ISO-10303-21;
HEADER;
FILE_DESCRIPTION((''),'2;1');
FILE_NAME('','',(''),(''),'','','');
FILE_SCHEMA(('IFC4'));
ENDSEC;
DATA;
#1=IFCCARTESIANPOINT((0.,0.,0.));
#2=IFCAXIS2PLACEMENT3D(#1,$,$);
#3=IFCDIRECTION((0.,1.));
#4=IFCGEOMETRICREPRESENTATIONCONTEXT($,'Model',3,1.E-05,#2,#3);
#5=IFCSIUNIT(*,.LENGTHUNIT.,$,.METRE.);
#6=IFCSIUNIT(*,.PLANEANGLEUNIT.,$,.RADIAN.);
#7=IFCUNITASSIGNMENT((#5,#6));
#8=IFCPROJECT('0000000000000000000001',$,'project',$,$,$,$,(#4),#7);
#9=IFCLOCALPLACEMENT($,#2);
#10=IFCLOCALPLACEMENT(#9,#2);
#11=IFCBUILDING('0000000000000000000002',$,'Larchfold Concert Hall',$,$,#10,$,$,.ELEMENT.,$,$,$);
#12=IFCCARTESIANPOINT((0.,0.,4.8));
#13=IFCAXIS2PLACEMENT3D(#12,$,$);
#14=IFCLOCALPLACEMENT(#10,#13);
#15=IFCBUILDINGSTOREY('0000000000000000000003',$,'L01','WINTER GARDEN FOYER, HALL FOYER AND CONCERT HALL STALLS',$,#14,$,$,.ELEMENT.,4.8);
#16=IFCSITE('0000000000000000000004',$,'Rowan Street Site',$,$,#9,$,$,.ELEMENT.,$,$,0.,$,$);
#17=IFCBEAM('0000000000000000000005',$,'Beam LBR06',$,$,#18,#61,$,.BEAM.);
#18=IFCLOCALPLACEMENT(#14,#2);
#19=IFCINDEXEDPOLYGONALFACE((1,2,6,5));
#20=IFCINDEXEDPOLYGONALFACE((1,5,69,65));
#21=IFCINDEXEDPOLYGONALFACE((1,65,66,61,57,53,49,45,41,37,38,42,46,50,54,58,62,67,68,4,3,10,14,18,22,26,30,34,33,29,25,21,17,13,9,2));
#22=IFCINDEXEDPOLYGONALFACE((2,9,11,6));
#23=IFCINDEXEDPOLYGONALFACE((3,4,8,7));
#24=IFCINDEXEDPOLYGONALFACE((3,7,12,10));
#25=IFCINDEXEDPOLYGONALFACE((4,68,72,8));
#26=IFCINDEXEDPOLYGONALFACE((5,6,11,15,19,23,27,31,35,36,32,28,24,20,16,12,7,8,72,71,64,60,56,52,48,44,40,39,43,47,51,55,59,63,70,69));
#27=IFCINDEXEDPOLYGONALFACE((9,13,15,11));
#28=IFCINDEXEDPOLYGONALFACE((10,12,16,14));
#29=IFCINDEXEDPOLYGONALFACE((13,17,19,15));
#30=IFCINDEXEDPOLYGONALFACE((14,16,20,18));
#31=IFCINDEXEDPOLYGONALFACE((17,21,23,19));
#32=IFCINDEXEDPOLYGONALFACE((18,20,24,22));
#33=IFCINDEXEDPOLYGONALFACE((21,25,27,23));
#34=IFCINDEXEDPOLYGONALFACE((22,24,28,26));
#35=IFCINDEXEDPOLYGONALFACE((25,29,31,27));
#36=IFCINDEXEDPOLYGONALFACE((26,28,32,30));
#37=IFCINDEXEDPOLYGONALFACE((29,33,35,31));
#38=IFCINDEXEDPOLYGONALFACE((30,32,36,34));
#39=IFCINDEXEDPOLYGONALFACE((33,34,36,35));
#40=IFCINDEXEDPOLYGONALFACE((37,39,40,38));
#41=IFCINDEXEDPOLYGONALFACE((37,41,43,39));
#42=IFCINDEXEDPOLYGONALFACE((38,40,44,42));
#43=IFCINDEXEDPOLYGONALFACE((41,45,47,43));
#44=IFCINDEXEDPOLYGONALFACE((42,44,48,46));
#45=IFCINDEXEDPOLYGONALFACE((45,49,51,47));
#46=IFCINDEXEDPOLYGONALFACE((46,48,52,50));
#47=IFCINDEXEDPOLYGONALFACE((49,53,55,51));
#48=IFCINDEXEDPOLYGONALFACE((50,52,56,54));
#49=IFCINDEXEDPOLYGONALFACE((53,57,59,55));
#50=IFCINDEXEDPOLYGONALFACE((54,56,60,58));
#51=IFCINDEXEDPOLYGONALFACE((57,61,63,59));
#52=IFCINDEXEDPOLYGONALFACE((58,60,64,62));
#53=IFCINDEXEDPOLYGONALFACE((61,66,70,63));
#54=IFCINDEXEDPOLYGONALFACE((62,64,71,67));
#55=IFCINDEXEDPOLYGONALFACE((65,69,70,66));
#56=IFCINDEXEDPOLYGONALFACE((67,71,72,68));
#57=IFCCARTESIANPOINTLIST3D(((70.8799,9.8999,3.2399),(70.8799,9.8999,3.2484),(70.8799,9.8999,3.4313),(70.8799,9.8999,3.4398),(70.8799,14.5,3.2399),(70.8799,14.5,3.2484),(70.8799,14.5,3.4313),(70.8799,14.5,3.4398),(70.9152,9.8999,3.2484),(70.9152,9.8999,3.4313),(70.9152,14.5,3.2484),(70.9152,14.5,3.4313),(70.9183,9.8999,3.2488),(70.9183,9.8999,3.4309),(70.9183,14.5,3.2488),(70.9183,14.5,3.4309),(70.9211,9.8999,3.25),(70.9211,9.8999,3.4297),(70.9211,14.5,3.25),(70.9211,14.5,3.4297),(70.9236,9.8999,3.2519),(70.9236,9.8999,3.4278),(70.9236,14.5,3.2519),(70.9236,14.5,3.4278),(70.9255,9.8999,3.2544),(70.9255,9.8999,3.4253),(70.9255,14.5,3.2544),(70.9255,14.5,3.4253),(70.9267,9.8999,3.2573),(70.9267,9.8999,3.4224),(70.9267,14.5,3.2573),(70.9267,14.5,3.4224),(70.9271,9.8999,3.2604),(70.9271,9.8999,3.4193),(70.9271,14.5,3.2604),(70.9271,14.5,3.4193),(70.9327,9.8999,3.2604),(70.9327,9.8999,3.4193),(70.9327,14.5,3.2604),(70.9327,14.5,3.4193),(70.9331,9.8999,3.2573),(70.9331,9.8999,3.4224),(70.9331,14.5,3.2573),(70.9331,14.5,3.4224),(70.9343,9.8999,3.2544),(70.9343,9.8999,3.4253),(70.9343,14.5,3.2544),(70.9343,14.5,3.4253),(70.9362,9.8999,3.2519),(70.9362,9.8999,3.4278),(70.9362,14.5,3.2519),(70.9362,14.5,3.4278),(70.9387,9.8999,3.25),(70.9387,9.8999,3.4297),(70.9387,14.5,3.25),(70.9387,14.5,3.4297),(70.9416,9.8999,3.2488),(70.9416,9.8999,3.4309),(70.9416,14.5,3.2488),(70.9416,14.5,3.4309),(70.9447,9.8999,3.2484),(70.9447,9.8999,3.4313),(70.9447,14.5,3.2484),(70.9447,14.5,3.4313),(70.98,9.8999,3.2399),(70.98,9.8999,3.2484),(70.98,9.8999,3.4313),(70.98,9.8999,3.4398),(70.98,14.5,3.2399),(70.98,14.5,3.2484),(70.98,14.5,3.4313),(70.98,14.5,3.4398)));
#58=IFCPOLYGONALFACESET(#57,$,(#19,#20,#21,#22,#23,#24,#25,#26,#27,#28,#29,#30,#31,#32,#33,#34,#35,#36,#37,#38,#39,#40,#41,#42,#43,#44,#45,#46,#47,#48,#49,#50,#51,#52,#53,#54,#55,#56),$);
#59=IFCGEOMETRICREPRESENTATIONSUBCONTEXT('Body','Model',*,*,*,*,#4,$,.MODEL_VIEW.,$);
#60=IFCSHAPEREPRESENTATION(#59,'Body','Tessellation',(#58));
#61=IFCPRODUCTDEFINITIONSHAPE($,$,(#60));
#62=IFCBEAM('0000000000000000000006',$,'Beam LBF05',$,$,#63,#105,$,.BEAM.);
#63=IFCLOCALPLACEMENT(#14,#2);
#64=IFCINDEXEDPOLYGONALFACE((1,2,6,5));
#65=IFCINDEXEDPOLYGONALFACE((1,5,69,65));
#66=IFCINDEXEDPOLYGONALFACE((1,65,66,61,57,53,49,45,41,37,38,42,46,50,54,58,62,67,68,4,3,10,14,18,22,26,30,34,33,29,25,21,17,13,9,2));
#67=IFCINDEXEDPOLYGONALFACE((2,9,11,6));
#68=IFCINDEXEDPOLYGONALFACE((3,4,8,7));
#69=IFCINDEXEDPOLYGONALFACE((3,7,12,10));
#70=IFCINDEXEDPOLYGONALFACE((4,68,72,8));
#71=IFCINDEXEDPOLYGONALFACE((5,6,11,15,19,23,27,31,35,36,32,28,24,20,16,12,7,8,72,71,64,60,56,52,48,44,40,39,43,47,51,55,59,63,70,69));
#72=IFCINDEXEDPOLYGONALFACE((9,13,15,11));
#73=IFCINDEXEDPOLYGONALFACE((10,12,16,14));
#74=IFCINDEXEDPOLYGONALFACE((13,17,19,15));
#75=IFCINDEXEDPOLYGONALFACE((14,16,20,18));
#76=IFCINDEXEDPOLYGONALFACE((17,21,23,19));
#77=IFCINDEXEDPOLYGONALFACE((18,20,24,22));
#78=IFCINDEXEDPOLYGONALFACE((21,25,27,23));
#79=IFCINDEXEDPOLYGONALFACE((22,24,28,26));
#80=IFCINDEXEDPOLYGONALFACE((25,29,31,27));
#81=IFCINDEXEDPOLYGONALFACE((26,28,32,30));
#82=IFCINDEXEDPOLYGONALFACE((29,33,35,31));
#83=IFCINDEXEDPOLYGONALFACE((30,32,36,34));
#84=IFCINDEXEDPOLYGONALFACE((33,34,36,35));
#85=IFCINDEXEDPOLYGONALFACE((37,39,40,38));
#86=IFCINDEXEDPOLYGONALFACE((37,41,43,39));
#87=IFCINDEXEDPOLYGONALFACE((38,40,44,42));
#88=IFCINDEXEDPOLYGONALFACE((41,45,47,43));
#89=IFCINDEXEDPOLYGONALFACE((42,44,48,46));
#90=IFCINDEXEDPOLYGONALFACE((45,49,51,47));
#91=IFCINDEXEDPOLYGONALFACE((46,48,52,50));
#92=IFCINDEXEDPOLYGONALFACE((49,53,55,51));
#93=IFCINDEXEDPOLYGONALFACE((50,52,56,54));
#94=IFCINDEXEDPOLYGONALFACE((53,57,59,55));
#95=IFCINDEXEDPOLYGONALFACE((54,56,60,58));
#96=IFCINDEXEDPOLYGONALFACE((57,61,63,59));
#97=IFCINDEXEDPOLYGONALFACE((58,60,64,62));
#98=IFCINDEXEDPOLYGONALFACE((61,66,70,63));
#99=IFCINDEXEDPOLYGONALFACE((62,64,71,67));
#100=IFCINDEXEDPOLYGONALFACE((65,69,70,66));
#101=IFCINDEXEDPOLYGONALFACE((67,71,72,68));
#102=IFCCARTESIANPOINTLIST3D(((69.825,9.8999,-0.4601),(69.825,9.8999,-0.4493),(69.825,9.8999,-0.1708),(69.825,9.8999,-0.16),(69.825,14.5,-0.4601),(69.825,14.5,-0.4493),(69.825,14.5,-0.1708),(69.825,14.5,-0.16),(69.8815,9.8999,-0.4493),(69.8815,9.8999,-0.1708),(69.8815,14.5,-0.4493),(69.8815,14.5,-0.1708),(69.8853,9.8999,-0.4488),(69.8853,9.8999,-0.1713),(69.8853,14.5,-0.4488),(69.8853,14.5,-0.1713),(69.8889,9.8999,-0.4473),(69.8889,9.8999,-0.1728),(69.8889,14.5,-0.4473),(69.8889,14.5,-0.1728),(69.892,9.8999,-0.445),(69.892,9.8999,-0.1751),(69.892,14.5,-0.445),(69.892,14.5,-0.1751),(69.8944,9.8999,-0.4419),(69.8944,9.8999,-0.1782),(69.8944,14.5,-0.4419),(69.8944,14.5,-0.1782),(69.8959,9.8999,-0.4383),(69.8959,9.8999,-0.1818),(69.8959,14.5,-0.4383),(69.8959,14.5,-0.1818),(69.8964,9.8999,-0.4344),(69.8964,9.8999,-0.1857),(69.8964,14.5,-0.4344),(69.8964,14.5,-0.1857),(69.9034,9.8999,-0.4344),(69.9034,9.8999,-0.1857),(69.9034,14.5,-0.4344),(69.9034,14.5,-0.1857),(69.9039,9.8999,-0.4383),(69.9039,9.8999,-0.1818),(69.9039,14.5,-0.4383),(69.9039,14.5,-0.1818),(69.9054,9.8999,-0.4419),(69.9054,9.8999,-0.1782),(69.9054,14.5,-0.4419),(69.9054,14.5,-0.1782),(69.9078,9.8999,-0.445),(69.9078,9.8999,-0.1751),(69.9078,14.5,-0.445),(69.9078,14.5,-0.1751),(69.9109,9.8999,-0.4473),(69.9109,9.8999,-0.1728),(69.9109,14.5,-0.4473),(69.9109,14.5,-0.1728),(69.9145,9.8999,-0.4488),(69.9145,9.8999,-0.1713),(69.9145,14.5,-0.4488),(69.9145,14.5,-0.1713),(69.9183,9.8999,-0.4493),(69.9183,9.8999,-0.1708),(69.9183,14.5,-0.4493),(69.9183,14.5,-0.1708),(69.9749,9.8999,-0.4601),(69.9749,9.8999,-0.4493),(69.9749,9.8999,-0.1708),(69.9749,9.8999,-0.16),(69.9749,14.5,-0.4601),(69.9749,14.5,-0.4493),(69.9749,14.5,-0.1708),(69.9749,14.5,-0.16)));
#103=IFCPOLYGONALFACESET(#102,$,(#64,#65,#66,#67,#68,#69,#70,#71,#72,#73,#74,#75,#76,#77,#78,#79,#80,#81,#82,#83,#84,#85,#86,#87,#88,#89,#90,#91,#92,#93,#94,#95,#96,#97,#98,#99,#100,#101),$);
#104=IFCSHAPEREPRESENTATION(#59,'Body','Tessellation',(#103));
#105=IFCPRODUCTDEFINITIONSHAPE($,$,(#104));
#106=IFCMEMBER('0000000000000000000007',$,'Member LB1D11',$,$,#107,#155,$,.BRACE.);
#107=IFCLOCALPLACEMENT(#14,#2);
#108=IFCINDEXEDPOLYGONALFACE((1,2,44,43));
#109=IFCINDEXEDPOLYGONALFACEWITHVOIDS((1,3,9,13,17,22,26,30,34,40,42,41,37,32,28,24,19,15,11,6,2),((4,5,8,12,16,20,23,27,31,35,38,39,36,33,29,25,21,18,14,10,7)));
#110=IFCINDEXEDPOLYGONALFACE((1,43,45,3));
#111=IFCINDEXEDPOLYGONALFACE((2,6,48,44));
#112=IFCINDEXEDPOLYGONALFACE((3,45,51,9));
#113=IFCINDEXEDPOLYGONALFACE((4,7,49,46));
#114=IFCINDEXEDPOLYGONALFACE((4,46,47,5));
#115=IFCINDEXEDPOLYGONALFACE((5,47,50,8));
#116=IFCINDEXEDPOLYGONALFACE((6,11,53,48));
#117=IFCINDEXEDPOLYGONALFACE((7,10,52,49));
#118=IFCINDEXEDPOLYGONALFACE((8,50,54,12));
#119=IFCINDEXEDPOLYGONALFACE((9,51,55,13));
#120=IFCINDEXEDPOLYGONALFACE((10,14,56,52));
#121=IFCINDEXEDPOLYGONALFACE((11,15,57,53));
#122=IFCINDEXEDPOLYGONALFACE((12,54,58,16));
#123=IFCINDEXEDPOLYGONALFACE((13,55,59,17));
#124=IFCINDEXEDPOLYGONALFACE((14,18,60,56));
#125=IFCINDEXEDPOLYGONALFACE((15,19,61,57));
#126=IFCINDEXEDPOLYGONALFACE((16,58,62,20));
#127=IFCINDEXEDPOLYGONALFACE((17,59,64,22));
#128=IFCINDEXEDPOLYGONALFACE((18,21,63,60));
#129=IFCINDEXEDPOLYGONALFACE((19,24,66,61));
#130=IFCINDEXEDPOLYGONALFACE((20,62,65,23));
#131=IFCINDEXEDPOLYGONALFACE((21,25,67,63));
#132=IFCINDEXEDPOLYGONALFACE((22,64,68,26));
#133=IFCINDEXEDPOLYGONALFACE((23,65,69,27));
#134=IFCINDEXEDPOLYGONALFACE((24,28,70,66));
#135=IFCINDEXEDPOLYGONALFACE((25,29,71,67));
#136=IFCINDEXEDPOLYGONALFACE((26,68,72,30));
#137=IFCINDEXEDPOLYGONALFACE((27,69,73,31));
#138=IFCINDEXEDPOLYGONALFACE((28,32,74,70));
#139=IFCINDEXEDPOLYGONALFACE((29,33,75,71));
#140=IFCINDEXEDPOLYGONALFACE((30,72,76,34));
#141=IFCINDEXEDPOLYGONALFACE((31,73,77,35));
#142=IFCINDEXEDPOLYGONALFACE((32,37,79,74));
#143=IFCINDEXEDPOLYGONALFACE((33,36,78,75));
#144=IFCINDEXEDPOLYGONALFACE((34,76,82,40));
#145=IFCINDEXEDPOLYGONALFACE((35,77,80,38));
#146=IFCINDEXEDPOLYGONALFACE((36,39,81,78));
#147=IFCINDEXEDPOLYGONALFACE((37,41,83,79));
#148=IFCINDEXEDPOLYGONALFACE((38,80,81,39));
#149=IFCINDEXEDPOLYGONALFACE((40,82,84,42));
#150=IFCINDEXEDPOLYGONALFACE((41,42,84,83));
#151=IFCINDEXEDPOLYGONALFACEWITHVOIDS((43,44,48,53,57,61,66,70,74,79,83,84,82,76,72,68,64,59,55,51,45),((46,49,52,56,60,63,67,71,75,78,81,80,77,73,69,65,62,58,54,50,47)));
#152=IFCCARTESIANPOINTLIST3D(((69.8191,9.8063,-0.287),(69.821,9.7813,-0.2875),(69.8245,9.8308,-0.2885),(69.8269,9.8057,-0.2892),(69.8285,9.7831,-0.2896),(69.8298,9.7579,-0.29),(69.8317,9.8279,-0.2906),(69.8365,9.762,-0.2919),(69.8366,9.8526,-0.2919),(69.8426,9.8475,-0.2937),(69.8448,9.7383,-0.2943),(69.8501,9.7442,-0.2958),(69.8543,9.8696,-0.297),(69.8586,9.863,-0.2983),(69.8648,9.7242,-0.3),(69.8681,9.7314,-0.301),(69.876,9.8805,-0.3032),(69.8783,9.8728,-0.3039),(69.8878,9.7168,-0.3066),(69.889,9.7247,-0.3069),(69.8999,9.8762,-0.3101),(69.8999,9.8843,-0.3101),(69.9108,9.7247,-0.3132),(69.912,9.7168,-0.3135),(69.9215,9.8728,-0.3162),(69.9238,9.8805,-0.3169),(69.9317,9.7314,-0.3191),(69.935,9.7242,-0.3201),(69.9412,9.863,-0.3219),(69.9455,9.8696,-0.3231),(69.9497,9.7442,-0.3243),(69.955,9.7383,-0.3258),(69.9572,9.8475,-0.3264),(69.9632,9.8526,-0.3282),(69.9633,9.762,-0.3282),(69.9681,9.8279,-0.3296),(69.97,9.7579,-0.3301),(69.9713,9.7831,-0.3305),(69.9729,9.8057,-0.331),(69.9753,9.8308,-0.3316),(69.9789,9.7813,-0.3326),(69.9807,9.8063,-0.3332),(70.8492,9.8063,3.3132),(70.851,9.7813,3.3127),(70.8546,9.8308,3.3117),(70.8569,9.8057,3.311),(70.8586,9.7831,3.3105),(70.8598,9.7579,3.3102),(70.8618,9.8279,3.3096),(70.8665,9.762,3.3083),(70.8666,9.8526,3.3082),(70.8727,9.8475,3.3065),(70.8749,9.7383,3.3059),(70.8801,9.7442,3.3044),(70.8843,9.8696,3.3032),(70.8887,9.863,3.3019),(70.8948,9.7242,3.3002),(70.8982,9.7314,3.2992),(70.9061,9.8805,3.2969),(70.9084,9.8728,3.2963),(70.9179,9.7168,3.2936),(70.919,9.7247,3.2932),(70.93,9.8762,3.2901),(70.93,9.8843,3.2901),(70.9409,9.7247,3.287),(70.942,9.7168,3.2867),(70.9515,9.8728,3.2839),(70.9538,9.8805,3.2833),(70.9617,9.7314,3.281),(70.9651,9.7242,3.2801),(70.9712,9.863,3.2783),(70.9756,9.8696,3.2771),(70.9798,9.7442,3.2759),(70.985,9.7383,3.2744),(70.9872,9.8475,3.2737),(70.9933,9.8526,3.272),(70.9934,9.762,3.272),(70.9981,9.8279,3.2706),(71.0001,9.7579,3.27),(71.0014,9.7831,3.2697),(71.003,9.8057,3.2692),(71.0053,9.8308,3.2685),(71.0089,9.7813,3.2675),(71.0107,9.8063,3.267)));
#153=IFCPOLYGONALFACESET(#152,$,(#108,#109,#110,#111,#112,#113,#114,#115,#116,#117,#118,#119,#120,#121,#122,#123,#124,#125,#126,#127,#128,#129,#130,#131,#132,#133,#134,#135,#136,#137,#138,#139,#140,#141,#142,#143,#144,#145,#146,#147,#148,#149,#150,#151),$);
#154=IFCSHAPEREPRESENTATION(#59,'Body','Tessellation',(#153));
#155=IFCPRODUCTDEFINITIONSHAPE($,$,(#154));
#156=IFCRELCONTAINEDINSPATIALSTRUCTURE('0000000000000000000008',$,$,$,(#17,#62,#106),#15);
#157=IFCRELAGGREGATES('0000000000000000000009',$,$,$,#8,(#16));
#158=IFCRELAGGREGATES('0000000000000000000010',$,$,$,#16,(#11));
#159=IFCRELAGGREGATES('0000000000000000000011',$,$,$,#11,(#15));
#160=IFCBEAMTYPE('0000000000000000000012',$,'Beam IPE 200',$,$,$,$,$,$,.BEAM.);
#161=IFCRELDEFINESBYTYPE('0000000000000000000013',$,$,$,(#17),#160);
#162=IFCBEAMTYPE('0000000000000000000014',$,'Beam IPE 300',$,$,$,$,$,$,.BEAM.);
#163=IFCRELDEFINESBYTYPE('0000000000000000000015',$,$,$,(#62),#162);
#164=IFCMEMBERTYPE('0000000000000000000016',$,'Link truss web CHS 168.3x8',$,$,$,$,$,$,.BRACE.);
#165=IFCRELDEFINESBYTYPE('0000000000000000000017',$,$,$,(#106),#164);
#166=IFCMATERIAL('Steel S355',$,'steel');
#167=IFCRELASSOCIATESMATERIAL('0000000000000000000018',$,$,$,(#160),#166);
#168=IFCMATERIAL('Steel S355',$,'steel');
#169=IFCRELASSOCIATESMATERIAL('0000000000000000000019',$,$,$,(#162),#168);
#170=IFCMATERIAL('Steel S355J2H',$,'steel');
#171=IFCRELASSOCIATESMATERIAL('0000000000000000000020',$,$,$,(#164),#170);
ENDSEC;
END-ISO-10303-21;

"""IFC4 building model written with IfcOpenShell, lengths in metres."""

from ifc_helpers import new_model, si_unit, direction, frame, origin, origin_2d, place, context, subcontext, project, spatial, hollow_circle, i_section, extrude, material, material_profile, profile_set, type_object, element, save


model = new_model("IFC4")

# Units and contexts
model_context = context("Model", 3, precision=1e-05, world=origin(), true_north=direction((0.0, 1.0)))
body_context = subcontext(model_context, "Body", "Model", "MODEL_VIEW")
ifc_project = project(units=[si_unit("LENGTHUNIT", "METRE"), si_unit("PLANEANGLEUNIT", "RADIAN")], contexts=[model_context])

# Site, building, storey
site_placement = place(None, origin())
site = spatial("IfcSite", under=ifc_project, at=site_placement, Name="Rowan Street Site", CompositionType="ELEMENT", RefElevation=0.0)
building_placement = place(site_placement, origin())
building = spatial("IfcBuilding", under=site, at=building_placement, Name="Larchfold Concert Hall", CompositionType="ELEMENT")
storey_placement = place(building_placement, frame((0.0, 0.0, 4.8)))
storey = spatial("IfcBuildingStorey", under=building, at=storey_placement, Name="L01", Description="WINTER GARDEN FOYER, HALL FOYER AND CONCERT HALL STALLS", CompositionType="ELEMENT", Elevation=4.8)

# Beams
ifc_material_1 = material(Name="Steel S355", Category="steel")
ifc_material_profile_1 = material_profile(ifc_material_1, i_section(OverallWidth=0.1001, OverallDepth=0.2, WebThickness=0.0056, FlangeThickness=0.0085, FilletRadius=0.012, at=origin_2d()))
ifc_profile_set_1 = profile_set([ifc_material_profile_1], Name="Steel S355")
beam_type_1 = type_object("IfcBeamType", Name="Beam IPE 200", PredefinedType="BEAM", material=ifc_profile_set_1)
for number, where, z_axis, x_axis, name in (
    (1, (70.9299, 9.8999, 3.3398), (0.0, 1.0, 0.0), (-1.0, 0.0, 0.0), "Beam LBR06"),
):
    element("IfcBeam", number, at=place(storey_placement, frame(where, z_axis=z_axis, x_axis=x_axis)), inside=storey, type_object=beam_type_1, Name=name, PredefinedType="BEAM", context=body_context, shape_type="SweptSolid", body=[
        extrude(i_section(OverallWidth=0.1001, OverallDepth=0.2, WebThickness=0.0056, FlangeThickness=0.0085, FilletRadius=0.012, at=origin_2d()), origin(), (0.0, 0.0, 1.0), 4.6001),
    ])
ifc_material_2 = material(Name="Steel S355", Category="steel")
ifc_material_profile_2 = material_profile(ifc_material_2, i_section(OverallWidth=0.1499, OverallDepth=0.3, WebThickness=0.0071, FlangeThickness=0.0107, FilletRadius=0.0149, at=origin_2d()))
ifc_profile_set_2 = profile_set([ifc_material_profile_2], Name="Steel S355")
beam_type_2 = type_object("IfcBeamType", Name="Beam IPE 300", PredefinedType="BEAM", material=ifc_profile_set_2)
beam_placement = place(storey_placement, frame((69.8999, 9.8999, -0.3101), z_axis=(0.0, 1.0, 0.0), x_axis=(-1.0, 0.0, 0.0)))
element("IfcBeam", 2, at=beam_placement, inside=storey, type_object=beam_type_2, Name="Beam LBF05", PredefinedType="BEAM", context=body_context, shape_type="SweptSolid", body=[
    extrude(i_section(OverallWidth=0.1499, OverallDepth=0.3, WebThickness=0.0071, FlangeThickness=0.0107, FilletRadius=0.0149, at=origin_2d()), origin(), (0.0, 0.0, 1.0), 4.6001),
])

# Member
ifc_material_3 = material(Name="Steel S355J2H", Category="steel")
ifc_material_profile_3 = material_profile(ifc_material_3, hollow_circle(Radius=0.0842, WallThickness=0.0081, at=origin_2d()))
ifc_profile_set_3 = profile_set([ifc_material_profile_3], Name="Steel S355J2H")
member_type_1 = type_object("IfcMemberType", Name="Link truss web CHS 168.3x8", PredefinedType="BRACE", material=ifc_profile_set_3)
for number, where, z_axis, x_axis, name in (
    (3, (69.8999, 9.8, -0.3101), (0.275074, 0.0, 0.961423), (0.0, 1.0, 0.0), "Member LB1D11"),
):
    element("IfcMember", number, at=place(storey_placement, frame(where, z_axis=z_axis, x_axis=x_axis)), inside=storey, type_object=member_type_1, Name=name, PredefinedType="BRACE", context=body_context, shape_type="SweptSolid", body=[
        extrude(hollow_circle(Radius=0.0842, WallThickness=0.0081, at=origin_2d()), origin(), (0.0, 0.0, 1.0), 3.7446),
    ])

save(model, "model.ifc")
